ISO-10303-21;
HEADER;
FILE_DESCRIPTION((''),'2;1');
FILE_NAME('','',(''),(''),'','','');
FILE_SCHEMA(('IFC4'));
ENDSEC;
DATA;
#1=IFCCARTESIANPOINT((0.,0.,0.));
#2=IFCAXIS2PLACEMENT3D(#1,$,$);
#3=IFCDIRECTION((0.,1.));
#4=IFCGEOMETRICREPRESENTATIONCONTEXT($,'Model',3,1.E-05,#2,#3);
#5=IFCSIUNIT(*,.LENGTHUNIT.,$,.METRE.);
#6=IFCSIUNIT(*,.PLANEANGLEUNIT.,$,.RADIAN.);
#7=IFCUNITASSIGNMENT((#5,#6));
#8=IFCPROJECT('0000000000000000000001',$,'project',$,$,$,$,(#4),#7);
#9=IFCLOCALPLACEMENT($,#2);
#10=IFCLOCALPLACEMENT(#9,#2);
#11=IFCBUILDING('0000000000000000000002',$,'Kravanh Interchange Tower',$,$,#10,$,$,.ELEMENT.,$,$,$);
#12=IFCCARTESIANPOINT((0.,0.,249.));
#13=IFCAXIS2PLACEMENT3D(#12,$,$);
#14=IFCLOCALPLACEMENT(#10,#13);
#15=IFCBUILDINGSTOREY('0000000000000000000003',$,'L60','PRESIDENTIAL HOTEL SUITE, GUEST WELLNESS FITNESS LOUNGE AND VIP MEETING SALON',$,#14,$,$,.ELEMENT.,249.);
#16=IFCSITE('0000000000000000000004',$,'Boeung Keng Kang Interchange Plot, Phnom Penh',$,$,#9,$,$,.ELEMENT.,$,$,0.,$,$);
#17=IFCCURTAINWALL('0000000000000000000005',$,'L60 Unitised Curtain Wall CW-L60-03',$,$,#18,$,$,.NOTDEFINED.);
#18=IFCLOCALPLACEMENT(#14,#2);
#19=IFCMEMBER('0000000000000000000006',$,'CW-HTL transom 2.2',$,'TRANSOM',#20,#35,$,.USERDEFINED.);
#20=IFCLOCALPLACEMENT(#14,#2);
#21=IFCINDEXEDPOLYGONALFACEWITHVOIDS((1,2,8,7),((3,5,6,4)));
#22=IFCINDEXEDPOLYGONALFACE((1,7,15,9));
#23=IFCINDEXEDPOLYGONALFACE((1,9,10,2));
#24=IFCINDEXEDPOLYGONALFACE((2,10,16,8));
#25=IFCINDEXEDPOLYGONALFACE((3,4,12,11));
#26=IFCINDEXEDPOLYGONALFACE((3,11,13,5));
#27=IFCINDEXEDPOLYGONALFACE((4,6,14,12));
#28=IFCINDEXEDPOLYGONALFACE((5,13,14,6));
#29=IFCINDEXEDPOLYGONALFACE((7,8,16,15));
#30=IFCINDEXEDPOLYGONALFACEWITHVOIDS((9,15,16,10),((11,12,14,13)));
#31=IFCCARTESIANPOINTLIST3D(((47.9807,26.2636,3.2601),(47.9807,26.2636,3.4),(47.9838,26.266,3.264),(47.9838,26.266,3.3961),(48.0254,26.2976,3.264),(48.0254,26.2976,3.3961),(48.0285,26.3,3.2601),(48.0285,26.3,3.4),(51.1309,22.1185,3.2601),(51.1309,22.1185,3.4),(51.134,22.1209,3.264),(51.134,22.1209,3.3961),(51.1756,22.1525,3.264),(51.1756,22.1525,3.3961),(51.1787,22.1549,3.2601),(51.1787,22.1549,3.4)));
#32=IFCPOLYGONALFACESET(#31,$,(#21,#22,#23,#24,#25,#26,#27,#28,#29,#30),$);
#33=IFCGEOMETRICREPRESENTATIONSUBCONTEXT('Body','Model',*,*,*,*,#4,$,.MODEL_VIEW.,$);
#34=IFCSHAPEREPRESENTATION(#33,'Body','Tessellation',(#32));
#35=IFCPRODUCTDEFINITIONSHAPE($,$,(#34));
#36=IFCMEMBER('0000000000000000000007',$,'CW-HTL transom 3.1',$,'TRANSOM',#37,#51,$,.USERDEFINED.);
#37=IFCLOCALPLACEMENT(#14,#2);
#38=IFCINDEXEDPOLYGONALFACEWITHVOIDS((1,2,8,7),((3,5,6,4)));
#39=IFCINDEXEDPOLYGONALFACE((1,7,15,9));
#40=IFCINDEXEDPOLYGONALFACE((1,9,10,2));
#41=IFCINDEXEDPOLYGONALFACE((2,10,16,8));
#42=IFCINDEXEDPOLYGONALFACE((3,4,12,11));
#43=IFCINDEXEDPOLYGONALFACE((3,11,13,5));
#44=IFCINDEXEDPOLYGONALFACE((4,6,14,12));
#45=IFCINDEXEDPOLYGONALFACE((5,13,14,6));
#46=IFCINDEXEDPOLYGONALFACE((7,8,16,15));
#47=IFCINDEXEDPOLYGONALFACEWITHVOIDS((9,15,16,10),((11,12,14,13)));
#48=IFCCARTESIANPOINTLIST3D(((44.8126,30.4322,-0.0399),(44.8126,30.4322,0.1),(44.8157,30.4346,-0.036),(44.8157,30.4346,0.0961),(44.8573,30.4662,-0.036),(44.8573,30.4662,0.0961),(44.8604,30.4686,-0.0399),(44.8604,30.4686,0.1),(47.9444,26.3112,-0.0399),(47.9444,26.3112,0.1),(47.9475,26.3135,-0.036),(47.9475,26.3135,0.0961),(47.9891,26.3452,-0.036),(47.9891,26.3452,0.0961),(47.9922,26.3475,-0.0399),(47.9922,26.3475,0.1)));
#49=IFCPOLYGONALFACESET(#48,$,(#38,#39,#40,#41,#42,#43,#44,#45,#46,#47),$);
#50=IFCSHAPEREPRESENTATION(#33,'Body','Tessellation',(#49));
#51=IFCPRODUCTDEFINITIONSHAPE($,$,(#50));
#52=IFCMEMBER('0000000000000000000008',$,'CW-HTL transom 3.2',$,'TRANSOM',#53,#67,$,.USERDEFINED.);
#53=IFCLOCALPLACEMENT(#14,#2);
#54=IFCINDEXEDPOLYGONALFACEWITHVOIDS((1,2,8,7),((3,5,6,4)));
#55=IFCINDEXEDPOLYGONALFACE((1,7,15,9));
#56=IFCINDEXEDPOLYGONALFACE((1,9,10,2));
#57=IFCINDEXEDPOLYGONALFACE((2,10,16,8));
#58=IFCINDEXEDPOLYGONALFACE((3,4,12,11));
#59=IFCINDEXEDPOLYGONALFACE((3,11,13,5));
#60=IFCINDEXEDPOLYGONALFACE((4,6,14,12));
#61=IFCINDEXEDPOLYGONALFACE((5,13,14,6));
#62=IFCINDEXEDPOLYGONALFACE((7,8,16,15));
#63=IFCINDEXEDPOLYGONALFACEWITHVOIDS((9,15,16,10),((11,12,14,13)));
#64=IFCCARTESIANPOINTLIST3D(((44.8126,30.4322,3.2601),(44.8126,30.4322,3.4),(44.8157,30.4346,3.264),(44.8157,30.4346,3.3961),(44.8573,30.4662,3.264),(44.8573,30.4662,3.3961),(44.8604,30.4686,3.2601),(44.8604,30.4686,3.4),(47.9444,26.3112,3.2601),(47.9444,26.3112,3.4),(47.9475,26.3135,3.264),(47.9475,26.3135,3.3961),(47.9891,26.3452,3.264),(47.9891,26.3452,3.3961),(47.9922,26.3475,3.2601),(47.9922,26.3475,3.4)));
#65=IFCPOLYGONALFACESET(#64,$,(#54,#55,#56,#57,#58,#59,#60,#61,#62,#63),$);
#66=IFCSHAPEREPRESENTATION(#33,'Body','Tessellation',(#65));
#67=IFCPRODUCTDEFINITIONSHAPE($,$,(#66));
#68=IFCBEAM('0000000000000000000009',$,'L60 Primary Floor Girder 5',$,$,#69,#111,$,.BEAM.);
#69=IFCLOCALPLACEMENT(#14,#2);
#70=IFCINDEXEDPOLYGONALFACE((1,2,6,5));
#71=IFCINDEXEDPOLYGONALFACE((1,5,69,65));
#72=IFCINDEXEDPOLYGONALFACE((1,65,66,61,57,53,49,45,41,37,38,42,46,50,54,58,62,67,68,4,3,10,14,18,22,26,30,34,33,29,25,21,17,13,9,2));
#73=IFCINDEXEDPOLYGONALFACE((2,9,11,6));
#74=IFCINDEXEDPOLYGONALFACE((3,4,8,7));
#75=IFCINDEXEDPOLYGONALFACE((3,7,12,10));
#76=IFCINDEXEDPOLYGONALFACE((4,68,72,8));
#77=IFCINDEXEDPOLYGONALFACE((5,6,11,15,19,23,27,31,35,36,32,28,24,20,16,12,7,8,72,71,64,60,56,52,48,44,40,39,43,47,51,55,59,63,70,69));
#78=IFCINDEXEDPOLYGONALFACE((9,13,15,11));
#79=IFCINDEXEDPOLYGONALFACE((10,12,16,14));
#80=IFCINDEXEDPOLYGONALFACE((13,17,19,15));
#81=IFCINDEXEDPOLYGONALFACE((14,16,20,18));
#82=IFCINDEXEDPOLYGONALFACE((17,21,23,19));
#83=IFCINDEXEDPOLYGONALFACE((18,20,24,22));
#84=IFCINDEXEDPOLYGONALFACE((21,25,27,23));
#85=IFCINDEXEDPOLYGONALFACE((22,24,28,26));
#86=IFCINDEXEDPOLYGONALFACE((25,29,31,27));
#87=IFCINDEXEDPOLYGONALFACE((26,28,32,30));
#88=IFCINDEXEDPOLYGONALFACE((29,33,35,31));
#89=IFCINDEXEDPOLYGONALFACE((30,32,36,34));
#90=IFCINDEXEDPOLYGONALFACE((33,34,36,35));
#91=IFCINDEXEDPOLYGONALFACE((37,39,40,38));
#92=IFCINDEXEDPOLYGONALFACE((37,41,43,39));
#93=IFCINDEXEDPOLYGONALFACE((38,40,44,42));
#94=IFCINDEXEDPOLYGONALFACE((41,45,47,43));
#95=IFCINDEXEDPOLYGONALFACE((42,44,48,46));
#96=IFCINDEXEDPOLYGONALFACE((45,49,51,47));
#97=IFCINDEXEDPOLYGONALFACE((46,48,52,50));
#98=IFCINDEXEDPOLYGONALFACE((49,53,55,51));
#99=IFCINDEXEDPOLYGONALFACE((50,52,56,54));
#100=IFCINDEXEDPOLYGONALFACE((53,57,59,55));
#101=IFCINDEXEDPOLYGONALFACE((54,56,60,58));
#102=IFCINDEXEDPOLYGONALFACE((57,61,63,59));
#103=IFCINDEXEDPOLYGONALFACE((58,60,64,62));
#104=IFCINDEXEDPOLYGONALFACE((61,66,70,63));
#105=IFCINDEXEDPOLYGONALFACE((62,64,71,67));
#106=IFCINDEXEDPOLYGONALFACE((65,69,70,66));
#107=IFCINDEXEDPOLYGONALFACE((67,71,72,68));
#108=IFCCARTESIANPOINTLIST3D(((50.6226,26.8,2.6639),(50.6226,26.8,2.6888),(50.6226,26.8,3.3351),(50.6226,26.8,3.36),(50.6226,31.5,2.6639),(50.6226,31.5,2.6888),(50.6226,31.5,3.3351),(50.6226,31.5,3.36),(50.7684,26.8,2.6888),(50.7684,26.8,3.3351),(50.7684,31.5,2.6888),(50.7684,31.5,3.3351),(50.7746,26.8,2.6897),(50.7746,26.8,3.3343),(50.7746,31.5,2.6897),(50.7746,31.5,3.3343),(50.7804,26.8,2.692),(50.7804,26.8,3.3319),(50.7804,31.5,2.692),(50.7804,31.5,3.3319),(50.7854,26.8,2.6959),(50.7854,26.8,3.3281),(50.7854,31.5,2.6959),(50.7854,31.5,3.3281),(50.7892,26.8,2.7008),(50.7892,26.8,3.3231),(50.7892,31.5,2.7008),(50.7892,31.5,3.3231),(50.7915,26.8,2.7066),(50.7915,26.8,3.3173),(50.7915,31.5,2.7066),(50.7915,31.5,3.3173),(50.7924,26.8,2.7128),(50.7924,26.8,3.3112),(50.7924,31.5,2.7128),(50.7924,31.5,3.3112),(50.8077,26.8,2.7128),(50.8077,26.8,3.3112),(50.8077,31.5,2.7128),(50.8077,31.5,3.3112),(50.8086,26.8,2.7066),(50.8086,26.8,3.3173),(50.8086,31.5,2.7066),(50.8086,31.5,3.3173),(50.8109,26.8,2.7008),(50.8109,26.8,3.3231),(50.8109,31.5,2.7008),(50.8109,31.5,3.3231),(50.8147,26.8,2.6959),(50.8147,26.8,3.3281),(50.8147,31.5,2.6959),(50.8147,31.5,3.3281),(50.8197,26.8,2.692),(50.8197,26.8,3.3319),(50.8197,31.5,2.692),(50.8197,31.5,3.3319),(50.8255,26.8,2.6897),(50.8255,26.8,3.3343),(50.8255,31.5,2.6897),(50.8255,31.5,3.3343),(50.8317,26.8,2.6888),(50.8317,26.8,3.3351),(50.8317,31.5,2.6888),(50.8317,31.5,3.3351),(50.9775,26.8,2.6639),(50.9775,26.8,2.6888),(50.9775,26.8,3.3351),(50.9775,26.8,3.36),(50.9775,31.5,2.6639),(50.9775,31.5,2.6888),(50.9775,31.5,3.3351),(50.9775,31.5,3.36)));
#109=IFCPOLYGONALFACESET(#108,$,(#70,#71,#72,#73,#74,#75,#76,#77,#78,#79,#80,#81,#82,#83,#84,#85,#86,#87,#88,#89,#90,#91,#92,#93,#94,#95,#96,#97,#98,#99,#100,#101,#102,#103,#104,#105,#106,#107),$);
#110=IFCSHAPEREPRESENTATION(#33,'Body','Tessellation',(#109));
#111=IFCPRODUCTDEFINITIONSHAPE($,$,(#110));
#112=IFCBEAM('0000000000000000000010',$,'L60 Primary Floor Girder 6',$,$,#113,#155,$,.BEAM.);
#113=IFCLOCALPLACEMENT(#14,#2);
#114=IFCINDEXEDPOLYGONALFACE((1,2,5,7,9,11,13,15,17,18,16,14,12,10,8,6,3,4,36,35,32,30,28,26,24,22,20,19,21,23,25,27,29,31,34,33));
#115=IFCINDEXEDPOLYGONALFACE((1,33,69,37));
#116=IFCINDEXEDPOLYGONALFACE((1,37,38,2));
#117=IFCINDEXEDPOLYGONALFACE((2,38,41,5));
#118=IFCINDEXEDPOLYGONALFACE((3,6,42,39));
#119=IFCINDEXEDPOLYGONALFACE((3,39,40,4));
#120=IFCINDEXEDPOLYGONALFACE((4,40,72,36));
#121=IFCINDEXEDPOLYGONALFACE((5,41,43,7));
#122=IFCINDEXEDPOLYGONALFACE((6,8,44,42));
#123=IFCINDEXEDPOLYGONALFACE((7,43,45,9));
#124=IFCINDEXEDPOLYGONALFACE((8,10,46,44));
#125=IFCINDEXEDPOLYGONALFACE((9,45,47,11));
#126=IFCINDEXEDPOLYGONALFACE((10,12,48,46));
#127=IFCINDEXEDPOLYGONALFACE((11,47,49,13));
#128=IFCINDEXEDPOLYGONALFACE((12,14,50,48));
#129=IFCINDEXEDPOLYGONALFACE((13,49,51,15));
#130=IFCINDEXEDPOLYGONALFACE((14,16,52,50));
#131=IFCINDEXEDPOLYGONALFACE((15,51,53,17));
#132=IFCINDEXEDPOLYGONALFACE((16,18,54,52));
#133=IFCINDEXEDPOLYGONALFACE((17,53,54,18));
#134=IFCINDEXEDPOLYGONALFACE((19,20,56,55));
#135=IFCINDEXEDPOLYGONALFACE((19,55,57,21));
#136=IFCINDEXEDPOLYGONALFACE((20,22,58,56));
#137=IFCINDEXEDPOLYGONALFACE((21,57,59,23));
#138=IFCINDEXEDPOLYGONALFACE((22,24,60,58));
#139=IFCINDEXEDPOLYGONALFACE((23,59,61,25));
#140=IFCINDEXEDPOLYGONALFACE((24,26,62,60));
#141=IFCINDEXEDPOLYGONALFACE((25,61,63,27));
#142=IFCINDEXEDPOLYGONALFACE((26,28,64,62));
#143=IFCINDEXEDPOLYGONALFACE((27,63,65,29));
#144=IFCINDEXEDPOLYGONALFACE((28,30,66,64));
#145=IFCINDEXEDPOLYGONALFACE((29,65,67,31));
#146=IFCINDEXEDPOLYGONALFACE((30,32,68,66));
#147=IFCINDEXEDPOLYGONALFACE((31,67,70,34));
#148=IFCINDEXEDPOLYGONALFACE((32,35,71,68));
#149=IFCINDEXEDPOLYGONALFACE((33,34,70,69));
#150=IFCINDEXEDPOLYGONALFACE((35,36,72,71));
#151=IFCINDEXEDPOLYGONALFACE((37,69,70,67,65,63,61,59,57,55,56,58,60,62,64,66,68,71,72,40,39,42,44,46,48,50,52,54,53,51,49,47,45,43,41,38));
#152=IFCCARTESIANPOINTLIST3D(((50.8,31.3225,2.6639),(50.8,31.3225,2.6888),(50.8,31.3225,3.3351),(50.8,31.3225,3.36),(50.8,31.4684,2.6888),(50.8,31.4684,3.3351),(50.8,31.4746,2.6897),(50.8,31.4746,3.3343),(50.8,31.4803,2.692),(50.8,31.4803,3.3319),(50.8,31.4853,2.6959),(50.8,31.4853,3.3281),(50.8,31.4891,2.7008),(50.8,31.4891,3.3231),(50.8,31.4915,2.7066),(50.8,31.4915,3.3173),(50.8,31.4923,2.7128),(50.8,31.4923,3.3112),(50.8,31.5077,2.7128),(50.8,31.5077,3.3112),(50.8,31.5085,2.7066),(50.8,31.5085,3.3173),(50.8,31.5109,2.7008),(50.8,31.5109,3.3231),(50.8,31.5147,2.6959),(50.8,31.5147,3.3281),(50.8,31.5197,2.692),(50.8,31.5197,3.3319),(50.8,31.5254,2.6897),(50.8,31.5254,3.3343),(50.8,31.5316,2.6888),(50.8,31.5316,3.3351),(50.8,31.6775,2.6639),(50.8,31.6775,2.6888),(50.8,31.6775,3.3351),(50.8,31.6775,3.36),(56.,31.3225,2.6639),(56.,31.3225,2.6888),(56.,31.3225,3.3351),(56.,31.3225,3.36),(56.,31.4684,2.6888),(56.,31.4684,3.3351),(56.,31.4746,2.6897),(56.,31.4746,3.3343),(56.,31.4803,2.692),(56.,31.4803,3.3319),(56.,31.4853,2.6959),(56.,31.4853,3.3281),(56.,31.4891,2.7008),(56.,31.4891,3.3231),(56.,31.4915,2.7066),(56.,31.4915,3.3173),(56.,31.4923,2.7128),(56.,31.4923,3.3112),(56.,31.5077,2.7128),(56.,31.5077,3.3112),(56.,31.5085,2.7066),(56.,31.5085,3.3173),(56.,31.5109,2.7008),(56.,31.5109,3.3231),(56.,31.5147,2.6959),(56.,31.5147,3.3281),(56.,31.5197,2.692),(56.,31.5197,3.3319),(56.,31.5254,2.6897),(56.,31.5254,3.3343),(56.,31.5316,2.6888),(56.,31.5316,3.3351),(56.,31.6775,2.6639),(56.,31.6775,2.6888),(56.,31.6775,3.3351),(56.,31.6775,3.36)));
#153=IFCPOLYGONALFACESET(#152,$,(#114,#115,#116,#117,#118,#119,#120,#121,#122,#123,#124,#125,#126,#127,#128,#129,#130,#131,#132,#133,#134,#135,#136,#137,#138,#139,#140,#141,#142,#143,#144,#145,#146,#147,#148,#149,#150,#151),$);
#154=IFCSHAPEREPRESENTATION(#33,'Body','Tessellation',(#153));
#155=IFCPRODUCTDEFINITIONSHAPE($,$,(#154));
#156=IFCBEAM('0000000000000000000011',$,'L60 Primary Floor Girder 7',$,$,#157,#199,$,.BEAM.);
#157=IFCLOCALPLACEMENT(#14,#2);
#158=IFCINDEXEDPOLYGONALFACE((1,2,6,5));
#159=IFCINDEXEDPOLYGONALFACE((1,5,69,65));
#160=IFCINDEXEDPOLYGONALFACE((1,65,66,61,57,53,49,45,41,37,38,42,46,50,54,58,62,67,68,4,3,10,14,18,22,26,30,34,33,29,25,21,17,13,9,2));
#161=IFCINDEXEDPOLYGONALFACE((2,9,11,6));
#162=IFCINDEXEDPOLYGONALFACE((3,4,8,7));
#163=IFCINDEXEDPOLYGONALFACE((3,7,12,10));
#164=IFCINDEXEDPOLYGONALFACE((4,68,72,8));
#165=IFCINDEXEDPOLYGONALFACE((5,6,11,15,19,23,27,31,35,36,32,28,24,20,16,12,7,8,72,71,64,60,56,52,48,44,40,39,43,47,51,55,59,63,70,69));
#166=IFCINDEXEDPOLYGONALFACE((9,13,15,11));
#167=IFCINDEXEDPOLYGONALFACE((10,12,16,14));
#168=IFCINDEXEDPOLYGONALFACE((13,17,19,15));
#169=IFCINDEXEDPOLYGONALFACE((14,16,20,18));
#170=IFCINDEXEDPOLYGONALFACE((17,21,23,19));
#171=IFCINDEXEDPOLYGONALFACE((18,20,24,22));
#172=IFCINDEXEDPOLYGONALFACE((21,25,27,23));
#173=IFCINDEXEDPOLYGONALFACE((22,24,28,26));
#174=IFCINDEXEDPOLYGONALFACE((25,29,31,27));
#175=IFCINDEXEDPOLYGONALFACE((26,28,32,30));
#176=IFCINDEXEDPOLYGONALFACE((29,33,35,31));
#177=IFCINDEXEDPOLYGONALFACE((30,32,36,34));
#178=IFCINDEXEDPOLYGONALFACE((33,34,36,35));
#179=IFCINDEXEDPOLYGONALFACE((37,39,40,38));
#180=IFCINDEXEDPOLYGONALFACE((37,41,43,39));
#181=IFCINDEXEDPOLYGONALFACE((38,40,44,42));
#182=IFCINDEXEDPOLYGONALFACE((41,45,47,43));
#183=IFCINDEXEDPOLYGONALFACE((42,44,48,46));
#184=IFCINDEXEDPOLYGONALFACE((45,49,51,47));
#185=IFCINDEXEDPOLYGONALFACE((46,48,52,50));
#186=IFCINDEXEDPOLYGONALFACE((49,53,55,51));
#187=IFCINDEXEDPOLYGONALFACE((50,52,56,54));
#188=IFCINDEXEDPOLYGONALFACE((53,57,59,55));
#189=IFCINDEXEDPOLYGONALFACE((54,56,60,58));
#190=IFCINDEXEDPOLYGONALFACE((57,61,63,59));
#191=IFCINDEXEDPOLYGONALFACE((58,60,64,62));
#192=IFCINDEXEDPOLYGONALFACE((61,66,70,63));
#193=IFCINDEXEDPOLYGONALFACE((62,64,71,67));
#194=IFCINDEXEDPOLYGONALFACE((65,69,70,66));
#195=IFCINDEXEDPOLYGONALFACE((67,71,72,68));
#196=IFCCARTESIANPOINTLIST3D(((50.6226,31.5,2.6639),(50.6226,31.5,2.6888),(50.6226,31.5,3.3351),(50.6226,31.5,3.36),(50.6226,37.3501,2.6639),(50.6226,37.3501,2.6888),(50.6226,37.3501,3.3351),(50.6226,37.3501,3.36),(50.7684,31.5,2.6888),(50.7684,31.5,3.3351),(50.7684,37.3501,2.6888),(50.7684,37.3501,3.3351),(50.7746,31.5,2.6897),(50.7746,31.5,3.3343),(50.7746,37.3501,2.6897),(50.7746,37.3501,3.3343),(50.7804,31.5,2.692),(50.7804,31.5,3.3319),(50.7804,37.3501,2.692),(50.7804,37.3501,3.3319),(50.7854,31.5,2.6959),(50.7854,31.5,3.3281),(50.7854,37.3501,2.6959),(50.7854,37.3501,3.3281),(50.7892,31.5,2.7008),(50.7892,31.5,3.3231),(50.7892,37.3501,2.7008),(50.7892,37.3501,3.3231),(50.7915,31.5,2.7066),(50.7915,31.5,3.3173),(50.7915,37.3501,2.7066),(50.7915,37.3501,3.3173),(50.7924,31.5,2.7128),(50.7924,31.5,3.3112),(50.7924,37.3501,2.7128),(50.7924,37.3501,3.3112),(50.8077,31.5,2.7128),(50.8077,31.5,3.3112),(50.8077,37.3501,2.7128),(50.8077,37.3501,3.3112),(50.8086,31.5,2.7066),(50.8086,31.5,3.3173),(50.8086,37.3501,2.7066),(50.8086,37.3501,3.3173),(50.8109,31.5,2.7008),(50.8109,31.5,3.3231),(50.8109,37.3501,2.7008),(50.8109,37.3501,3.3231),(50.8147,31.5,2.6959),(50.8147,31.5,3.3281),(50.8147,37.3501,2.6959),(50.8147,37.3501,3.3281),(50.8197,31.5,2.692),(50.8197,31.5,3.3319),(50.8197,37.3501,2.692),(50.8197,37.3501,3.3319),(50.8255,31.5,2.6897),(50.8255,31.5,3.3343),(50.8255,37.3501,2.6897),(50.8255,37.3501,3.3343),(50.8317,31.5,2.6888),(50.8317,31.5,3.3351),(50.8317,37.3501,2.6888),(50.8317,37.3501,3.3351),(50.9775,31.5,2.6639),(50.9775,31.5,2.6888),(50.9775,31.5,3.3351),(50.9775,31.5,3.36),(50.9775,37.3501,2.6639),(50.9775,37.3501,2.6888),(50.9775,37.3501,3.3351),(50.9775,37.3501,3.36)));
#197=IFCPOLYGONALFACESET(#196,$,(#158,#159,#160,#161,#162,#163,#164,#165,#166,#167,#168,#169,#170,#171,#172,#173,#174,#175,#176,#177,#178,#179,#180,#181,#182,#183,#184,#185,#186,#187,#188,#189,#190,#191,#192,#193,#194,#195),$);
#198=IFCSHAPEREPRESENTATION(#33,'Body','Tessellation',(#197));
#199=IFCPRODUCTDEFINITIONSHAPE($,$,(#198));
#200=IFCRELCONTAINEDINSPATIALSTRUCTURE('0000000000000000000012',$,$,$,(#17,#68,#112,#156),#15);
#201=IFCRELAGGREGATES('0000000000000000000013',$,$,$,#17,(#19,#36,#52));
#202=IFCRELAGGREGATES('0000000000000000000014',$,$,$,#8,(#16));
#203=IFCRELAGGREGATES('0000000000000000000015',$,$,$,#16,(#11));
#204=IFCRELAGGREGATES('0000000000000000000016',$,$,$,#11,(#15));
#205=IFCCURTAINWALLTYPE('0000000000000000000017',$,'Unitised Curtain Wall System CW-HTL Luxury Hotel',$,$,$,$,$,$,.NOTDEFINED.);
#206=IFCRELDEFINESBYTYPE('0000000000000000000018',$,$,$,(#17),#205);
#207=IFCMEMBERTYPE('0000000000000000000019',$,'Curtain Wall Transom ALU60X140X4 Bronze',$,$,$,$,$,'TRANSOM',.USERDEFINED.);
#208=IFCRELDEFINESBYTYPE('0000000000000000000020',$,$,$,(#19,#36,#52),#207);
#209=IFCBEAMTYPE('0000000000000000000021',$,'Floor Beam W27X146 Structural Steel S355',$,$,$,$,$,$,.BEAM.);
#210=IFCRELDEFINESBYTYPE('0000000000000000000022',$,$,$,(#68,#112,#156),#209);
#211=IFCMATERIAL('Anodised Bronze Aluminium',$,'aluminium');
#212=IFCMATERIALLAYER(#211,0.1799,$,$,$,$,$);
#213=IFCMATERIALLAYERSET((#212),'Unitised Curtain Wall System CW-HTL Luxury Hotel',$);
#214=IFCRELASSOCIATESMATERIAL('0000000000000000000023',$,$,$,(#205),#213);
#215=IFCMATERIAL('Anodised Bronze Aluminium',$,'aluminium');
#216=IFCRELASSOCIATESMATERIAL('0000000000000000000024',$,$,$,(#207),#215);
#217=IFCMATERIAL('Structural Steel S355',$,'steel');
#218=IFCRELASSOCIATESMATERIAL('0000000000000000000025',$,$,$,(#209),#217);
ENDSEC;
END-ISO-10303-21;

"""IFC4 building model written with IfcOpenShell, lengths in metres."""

from ifc_helpers import new_model, si_unit, direction, frame, origin, origin_2d, place, context, subcontext, project, spatial, hollow_rectangle, i_section, extrude, material, layer, layer_set, material_profile, profile_set, type_object, element, aggregate, save


model = new_model("IFC4")

# Units and contexts
model_context = context("Model", 3, precision=1e-05, world=origin(), true_north=direction((0.0, 1.0)))
body_context = subcontext(model_context, "Body", "Model", "MODEL_VIEW")
ifc_project = project(units=[si_unit("LENGTHUNIT", "METRE"), si_unit("PLANEANGLEUNIT", "RADIAN")], contexts=[model_context])

# Site, building, storey
site_placement = place(None, origin())
site = spatial("IfcSite", under=ifc_project, at=site_placement, Name="Boeung Keng Kang Interchange Plot, Phnom Penh", CompositionType="ELEMENT", RefElevation=0.0)
building_placement = place(site_placement, origin())
building = spatial("IfcBuilding", under=site, at=building_placement, Name="Kravanh Interchange Tower", CompositionType="ELEMENT")
storey_placement = place(building_placement, frame((0.0, 0.0, 249.0)))
storey = spatial("IfcBuildingStorey", under=building, at=storey_placement, Name="L60", Description="PRESIDENTIAL HOTEL SUITE, GUEST WELLNESS FITNESS LOUNGE AND VIP MEETING SALON", CompositionType="ELEMENT", Elevation=249.0)

# Shared definitions
ifc_material_1 = material(Name="Anodised Bronze Aluminium", Category="aluminium")
ifc_layer_1 = layer(ifc_material_1, 0.1799)
ifc_layer_set_1 = layer_set([ifc_layer_1], Name="Unitised Curtain Wall System CW-HTL Luxury Hotel")
curtain_wall_type = type_object("IfcCurtainWallType", Name="Unitised Curtain Wall System CW-HTL Luxury Hotel", PredefinedType="NOTDEFINED", material=ifc_layer_set_1)

# Curtain wall, members
curtain_wall_1_placement = place(storey_placement, origin())
curtain_wall_1 = element("IfcCurtainWall", 1, at=curtain_wall_1_placement, inside=storey, type_object=curtain_wall_type, Name="L60 Unitised Curtain Wall CW-L60-03", PredefinedType="NOTDEFINED")
ifc_material_2 = material(Name="Anodised Bronze Aluminium", Category="aluminium")
ifc_material_profile_1 = material_profile(ifc_material_2, hollow_rectangle(XDim=0.0601, YDim=0.1399, WallThickness=0.0039, at=origin_2d()), Name="ALU60X140X4")
ifc_profile_set_1 = profile_set([ifc_material_profile_1], Name="Anodised Bronze Aluminium")
member_type_1 = type_object("IfcMemberType", Name="Curtain Wall Transom ALU60X140X4 Bronze", ElementType="TRANSOM", PredefinedType="USERDEFINED", material=ifc_profile_set_1)
member_1_placement = place(storey_placement, frame((51.1548, 22.1367, 3.3301), z_axis=(-0.605075, 0.796169, 0.0), x_axis=(-0.796169, -0.605075, 0.0)))
member_1 = element("IfcMember", 2, at=member_1_placement, type_object=member_type_1, Name="CW-HTL transom 2.2", ObjectType="TRANSOM", PredefinedType="USERDEFINED", context=body_context, shape_type="SweptSolid", body=[
    extrude(hollow_rectangle(XDim=0.0601, YDim=0.1399, WallThickness=0.0039, at=origin_2d()), origin(), (0.0, 0.0, 1.0), 5.2063),
])
member_2_placement = place(storey_placement, frame((47.9683, 26.3293, 0.03), z_axis=(-0.605059, 0.79618, 0.0), x_axis=(-0.79618, -0.605059, 0.0)))
member_2 = element("IfcMember", 3, at=member_2_placement, type_object=member_type_1, Name="CW-HTL transom 3.1", ObjectType="TRANSOM", PredefinedType="USERDEFINED", context=body_context, shape_type="SweptSolid", body=[
    extrude(hollow_rectangle(XDim=0.0601, YDim=0.1399, WallThickness=0.0039, at=origin_2d()), origin(), (0.0, 0.0, 1.0), 5.176),
])
member_3_placement = place(storey_placement, frame((47.9683, 26.3293, 3.3301), z_axis=(-0.605059, 0.79618, 0.0), x_axis=(-0.79618, -0.605059, 0.0)))
member_3 = element("IfcMember", 4, at=member_3_placement, type_object=member_type_1, Name="CW-HTL transom 3.2", ObjectType="TRANSOM", PredefinedType="USERDEFINED", context=body_context, shape_type="SweptSolid", body=[
    extrude(hollow_rectangle(XDim=0.0601, YDim=0.1399, WallThickness=0.0039, at=origin_2d()), origin(), (0.0, 0.0, 1.0), 5.176),
])

# Beams
ifc_material_3 = material(Name="Structural Steel S355", Category="steel")
ifc_material_profile_2 = material_profile(ifc_material_3, i_section(OverallWidth=0.355, OverallDepth=0.696, WebThickness=0.0154, FlangeThickness=0.0249, FilletRadius=0.0239, at=origin_2d()), Name="W27X146")
ifc_profile_set_2 = profile_set([ifc_material_profile_2], Name="Structural Steel S355")
beam_type_1 = type_object("IfcBeamType", Name="Floor Beam W27X146 Structural Steel S355", PredefinedType="BEAM", material=ifc_profile_set_2)
beam_1_placement = place(storey_placement, frame((50.8, 31.5, 3.012), z_axis=(0.0, -1.0, 0.0), x_axis=(1.0, 0.0, 0.0)))
element("IfcBeam", 5, at=beam_1_placement, inside=storey, type_object=beam_type_1, Name="L60 Primary Floor Girder 5", PredefinedType="BEAM", context=body_context, shape_type="SweptSolid", body=[
    extrude(i_section(OverallWidth=0.355, OverallDepth=0.696, WebThickness=0.0154, FlangeThickness=0.0249, FilletRadius=0.0239, at=origin_2d()), origin(), (0.0, 0.0, 1.0), 4.7),
])
beam_2_placement = place(storey_placement, frame((50.8, 31.5, 3.012), z_axis=(1.0, 0.0, 0.0), x_axis=(0.0, 1.0, 0.0)))
element("IfcBeam", 6, at=beam_2_placement, inside=storey, type_object=beam_type_1, Name="L60 Primary Floor Girder 6", PredefinedType="BEAM", context=body_context, shape_type="SweptSolid", body=[
    extrude(i_section(OverallWidth=0.355, OverallDepth=0.696, WebThickness=0.0154, FlangeThickness=0.0249, FilletRadius=0.0239, at=origin_2d()), origin(), (0.0, 0.0, 1.0), 5.2),
])
beam_3_placement = place(storey_placement, frame((50.8, 31.5, 3.012), z_axis=(0.0, 1.0, 0.0), x_axis=(-1.0, 0.0, 0.0)))
element("IfcBeam", 7, at=beam_3_placement, inside=storey, type_object=beam_type_1, Name="L60 Primary Floor Girder 7", PredefinedType="BEAM", context=body_context, shape_type="SweptSolid", body=[
    extrude(i_section(OverallWidth=0.355, OverallDepth=0.696, WebThickness=0.0154, FlangeThickness=0.0249, FilletRadius=0.0239, at=origin_2d()), origin(), (0.0, 0.0, 1.0), 5.8501),
])

aggregate(curtain_wall_1, [member_1, member_2, member_3])

save(model, "model.ifc")
